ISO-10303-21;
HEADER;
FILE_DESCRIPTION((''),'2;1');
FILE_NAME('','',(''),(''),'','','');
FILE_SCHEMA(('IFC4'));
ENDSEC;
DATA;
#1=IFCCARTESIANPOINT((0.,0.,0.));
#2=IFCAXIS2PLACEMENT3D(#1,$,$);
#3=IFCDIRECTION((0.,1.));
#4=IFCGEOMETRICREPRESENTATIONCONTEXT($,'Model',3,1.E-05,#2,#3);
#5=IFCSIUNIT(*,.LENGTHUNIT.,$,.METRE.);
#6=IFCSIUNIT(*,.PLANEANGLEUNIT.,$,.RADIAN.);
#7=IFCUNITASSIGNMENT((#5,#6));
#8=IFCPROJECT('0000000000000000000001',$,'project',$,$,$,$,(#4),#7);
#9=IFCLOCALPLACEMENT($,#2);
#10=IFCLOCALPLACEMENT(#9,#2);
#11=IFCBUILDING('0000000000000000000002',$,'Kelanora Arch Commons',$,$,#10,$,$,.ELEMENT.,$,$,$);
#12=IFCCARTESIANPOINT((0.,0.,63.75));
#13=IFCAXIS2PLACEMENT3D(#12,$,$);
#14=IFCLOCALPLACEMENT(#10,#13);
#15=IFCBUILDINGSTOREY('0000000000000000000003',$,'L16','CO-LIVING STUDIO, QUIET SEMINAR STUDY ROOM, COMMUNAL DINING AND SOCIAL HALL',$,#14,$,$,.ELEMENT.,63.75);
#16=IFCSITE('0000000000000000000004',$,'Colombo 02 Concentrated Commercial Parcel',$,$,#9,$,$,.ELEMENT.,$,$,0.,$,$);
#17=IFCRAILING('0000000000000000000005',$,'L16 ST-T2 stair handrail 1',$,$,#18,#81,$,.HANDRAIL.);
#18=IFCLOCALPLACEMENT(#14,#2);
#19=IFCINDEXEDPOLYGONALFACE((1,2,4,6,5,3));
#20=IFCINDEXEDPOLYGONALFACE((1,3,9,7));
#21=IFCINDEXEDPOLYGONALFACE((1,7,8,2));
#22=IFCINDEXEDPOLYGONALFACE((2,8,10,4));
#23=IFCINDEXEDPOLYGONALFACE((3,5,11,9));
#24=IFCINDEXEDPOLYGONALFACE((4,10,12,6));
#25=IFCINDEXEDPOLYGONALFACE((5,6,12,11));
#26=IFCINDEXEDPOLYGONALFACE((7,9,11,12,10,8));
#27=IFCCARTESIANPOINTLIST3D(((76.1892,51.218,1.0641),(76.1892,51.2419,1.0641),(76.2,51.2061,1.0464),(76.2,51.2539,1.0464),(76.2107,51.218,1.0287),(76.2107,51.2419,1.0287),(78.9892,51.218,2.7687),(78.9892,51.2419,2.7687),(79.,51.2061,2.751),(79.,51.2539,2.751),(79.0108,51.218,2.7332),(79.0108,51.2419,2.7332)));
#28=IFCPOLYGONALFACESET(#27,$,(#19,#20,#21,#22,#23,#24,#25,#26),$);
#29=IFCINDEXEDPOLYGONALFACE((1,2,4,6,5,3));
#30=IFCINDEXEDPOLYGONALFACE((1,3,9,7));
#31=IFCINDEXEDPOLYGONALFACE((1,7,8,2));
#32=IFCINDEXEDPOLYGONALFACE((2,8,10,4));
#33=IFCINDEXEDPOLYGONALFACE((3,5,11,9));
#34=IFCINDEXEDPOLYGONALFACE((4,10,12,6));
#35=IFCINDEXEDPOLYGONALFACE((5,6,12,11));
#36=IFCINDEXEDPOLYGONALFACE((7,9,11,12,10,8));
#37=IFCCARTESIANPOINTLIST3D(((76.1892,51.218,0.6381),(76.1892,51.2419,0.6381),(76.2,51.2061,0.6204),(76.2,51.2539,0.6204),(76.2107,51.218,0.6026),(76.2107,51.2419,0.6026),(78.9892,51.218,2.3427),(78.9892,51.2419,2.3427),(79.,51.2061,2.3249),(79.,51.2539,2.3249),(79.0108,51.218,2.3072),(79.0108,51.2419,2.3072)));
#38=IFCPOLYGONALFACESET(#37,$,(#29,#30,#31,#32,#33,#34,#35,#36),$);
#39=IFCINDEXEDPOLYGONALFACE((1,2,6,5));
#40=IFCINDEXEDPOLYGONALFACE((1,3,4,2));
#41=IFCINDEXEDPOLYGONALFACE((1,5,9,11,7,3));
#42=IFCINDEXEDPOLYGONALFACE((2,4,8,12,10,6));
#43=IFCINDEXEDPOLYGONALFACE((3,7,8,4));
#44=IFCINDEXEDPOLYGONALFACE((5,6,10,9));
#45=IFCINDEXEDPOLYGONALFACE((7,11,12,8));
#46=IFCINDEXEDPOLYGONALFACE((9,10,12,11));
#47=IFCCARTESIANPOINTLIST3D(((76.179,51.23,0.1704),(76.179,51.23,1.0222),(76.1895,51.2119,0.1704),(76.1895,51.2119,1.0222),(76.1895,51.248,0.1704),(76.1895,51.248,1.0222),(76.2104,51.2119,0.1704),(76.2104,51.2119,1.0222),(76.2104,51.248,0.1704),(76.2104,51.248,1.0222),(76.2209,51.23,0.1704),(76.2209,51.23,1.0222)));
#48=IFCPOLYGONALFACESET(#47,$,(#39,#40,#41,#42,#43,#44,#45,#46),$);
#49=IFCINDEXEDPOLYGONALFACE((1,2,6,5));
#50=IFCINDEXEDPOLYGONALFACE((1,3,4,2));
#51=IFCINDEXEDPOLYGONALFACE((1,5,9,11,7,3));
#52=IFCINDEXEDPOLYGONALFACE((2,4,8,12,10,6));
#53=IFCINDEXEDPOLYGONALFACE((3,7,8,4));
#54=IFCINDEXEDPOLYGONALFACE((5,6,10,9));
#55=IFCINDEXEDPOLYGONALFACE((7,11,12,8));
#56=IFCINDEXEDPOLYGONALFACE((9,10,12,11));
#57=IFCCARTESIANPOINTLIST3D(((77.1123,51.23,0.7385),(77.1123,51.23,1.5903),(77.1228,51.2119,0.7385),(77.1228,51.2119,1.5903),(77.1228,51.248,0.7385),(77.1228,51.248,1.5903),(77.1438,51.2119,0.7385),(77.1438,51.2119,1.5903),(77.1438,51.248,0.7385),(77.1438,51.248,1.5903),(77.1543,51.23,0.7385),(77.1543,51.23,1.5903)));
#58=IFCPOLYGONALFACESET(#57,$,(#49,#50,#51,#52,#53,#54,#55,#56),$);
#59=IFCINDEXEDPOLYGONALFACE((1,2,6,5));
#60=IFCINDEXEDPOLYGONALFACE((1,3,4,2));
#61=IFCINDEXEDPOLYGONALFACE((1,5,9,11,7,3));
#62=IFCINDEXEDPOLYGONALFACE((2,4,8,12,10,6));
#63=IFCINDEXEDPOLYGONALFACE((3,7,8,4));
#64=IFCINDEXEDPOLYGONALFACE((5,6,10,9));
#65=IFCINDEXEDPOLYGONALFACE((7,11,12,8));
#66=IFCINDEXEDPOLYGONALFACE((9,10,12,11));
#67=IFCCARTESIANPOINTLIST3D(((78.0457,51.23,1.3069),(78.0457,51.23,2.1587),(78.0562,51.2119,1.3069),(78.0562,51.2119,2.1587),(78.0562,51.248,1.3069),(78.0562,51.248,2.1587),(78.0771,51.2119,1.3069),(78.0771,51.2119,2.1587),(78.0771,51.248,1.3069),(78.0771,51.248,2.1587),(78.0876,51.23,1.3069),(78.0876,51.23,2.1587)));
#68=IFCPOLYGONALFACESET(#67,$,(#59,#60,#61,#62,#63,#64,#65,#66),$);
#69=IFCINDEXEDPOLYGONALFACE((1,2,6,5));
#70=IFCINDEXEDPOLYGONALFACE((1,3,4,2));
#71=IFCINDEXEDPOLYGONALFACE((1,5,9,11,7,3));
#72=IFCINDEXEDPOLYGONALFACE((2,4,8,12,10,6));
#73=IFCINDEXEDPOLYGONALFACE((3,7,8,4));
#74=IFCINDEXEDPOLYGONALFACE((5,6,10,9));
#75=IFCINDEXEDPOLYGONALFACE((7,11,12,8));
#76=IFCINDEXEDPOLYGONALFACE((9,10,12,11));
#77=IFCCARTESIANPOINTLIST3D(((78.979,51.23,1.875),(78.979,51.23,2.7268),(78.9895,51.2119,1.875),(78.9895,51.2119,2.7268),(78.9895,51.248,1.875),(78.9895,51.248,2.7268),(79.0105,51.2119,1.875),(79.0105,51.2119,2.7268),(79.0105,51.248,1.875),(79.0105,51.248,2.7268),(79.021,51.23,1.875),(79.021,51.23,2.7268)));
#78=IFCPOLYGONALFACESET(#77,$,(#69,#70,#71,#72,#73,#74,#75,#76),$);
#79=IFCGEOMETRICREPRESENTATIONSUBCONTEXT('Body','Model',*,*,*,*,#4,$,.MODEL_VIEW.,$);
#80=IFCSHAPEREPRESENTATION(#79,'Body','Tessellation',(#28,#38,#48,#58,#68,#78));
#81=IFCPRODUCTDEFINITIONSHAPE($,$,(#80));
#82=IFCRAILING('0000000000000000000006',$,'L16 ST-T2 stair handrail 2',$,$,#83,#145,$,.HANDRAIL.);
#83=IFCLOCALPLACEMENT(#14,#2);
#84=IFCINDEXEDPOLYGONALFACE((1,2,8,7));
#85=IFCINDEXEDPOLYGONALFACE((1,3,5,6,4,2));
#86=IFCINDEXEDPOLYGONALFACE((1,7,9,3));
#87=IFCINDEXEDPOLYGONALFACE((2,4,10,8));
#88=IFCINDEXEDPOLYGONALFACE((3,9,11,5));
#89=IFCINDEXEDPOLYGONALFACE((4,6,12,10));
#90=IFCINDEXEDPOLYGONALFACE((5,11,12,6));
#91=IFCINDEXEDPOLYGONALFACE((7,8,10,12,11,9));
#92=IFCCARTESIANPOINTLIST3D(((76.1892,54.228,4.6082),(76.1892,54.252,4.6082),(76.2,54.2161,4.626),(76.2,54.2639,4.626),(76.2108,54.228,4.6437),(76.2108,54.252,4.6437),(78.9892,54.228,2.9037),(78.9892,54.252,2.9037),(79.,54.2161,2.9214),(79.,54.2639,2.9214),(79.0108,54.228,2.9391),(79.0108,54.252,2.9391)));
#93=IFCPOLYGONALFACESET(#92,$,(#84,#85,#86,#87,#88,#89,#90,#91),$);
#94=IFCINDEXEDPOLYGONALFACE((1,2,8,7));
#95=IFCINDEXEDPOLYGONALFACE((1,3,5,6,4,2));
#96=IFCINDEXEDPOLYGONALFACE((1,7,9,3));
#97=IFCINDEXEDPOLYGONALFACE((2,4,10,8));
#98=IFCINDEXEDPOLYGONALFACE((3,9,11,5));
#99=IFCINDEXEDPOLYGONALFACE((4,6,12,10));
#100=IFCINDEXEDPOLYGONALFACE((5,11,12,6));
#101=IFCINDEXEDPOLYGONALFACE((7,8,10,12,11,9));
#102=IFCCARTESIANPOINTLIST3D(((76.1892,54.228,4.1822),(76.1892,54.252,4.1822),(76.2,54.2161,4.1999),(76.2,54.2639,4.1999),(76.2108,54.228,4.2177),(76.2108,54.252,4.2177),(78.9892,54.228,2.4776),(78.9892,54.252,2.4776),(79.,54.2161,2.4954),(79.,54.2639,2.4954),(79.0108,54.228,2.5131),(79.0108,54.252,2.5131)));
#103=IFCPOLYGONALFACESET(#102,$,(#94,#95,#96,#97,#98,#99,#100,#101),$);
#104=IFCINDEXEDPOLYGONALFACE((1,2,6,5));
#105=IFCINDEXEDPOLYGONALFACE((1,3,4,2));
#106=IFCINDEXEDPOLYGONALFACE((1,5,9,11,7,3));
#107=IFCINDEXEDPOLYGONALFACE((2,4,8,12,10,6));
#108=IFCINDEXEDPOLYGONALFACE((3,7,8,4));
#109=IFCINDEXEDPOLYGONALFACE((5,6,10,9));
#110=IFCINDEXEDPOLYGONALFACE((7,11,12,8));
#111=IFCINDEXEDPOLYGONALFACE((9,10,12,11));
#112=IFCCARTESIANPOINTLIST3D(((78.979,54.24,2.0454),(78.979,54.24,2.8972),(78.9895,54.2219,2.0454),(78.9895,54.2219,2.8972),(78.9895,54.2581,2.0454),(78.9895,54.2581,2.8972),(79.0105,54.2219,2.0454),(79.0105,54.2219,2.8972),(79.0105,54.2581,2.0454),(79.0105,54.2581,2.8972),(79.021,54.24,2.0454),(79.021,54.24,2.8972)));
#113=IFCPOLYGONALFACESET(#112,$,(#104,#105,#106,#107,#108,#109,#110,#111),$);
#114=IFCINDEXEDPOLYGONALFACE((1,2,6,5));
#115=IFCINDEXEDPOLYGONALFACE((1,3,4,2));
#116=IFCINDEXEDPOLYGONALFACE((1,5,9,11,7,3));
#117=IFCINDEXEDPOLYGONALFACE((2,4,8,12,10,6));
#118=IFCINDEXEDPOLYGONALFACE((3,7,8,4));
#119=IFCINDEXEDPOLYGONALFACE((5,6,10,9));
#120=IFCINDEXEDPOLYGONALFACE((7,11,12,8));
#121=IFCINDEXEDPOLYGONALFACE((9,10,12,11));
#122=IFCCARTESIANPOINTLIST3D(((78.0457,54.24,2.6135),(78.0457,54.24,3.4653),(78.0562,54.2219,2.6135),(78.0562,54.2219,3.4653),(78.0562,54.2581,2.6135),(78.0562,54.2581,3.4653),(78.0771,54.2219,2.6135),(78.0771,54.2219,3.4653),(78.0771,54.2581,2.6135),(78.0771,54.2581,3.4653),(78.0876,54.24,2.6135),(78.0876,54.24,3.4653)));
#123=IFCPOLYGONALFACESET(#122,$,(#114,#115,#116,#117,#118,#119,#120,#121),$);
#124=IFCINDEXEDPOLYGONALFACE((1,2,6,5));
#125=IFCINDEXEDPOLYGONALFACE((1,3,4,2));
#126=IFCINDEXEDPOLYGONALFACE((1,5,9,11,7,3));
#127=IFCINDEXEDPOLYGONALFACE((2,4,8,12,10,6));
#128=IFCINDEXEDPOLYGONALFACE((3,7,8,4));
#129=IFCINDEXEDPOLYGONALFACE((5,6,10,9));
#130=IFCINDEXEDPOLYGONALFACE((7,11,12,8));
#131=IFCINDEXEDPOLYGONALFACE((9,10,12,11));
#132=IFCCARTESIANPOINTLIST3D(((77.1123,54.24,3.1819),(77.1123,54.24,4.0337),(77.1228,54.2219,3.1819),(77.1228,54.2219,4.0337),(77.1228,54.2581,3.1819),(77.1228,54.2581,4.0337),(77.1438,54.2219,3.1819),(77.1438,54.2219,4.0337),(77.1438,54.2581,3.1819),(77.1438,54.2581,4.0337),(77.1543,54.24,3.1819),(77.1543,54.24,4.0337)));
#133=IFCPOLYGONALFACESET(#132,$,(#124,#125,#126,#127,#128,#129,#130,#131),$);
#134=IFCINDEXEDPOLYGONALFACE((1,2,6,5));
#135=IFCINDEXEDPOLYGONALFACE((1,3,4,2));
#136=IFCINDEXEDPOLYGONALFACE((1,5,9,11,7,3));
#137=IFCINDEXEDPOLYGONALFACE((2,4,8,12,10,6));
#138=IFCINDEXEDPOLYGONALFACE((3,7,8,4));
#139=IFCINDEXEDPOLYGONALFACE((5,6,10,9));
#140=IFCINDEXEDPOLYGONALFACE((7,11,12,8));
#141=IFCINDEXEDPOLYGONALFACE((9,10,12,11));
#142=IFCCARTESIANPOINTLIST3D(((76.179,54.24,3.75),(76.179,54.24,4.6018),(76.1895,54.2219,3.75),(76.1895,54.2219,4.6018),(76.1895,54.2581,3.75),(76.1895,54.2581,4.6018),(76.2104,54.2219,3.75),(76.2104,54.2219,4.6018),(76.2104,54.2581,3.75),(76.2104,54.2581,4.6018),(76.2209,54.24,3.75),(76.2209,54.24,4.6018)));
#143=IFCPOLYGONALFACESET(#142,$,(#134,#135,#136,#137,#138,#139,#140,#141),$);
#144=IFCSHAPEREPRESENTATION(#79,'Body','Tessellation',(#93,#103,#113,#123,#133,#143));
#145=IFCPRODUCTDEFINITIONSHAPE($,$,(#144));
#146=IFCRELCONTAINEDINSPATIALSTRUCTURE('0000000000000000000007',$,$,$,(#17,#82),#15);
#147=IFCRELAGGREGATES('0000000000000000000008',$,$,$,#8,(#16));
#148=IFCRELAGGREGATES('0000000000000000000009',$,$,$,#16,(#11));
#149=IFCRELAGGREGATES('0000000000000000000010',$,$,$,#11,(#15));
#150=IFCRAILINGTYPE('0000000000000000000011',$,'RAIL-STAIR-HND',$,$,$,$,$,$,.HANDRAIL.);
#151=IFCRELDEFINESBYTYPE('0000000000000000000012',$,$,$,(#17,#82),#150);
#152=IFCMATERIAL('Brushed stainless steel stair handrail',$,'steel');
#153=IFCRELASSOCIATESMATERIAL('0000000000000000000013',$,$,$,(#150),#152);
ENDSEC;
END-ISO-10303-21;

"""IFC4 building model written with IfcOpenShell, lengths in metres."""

from ifc_helpers import new_model, si_unit, direction, frame, origin, place, context, subcontext, project, spatial, polyline, outline, extrude, material, type_object, element, save


model = new_model("IFC4")

# Units and contexts
model_context = context("Model", 3, precision=1e-05, world=origin(), true_north=direction((0.0, 1.0)))
body_context = subcontext(model_context, "Body", "Model", "MODEL_VIEW")
ifc_project = project(units=[si_unit("LENGTHUNIT", "METRE"), si_unit("PLANEANGLEUNIT", "RADIAN")], contexts=[model_context])

# Site, building, storey
site_placement = place(None, origin())
site = spatial("IfcSite", under=ifc_project, at=site_placement, Name="Colombo 02 Concentrated Commercial Parcel", CompositionType="ELEMENT", RefElevation=0.0)
building_placement = place(site_placement, origin())
building = spatial("IfcBuilding", under=site, at=building_placement, Name="Kelanora Arch Commons", CompositionType="ELEMENT")
storey_placement = place(building_placement, frame((0.0, 0.0, 63.75)))
storey = spatial("IfcBuildingStorey", under=building, at=storey_placement, Name="L16", Description="CO-LIVING STUDIO, QUIET SEMINAR STUDY ROOM, COMMUNAL DINING AND SOCIAL HALL", CompositionType="ELEMENT", Elevation=63.75)

# Railings
ifc_material_1 = material(Name="Brushed stainless steel stair handrail", Category="steel")
railing_type_1 = type_object("IfcRailingType", Name="RAIL-STAIR-HND", PredefinedType="HANDRAIL", material=ifc_material_1)
railing_1_placement = place(storey_placement, frame((76.2, 51.23, 0.1704)))
element("IfcRailing", 1, at=railing_1_placement, inside=storey, type_object=railing_type_1, Name="L16 ST-T2 stair handrail 1", PredefinedType="HANDRAIL", context=body_context, shape_type="SweptSolid", body=[
    extrude(outline(polyline([(0.0239, 0.0), (0.012, 0.0208), (-0.012, 0.0208), (-0.0239, 0.0), (-0.012, -0.0208), (0.012, -0.0208), (0.0239, 0.0)])), frame((0.0, 0.0, 0.876), z_axis=(0.85417, 0.0, 0.519994), x_axis=(0.0, 1.0, 0.0)), (0.0, 0.0, 1.0), 3.2781),
    extrude(outline(polyline([(0.0239, 0.0), (0.012, 0.0208), (-0.012, 0.0208), (-0.0239, 0.0), (-0.012, -0.0208), (0.012, -0.0208), (0.0239, 0.0)])), frame((0.0, 0.0, 0.45), z_axis=(0.85417, 0.0, 0.519994), x_axis=(0.0, 1.0, 0.0)), (0.0, 0.0, 1.0), 3.2781),
    extrude(outline(polyline([(0.021, 0.0), (0.0105, 0.0181), (-0.0105, 0.0181), (-0.021, 0.0), (-0.0105, -0.0181), (0.0105, -0.0181), (0.021, 0.0)])), origin(), (0.0, 0.0, 1.0), 0.8518),
    extrude(outline(polyline([(0.021, 0.0), (0.0105, 0.0181), (-0.0105, 0.0181), (-0.021, 0.0), (-0.0105, -0.0181), (0.0105, -0.0181), (0.021, 0.0)])), frame((0.9333, 0.0, 0.5681)), (0.0, 0.0, 1.0), 0.8518),
    extrude(outline(polyline([(0.021, 0.0), (0.0105, 0.0181), (-0.0105, 0.0181), (-0.021, 0.0), (-0.0105, -0.0181), (0.0105, -0.0181), (0.021, 0.0)])), frame((1.8667, 0.0, 1.1365)), (0.0, 0.0, 1.0), 0.8518),
    extrude(outline(polyline([(0.021, 0.0), (0.0105, 0.0181), (-0.0105, 0.0181), (-0.021, 0.0), (-0.0105, -0.0181), (0.0105, -0.0181), (0.021, 0.0)])), frame((2.8, 0.0, 1.7046)), (0.0, 0.0, 1.0), 0.8518),
])
railing_2_placement = place(storey_placement, frame((79.0, 54.24, 2.0454)))
element("IfcRailing", 2, at=railing_2_placement, inside=storey, type_object=railing_type_1, Name="L16 ST-T2 stair handrail 2", PredefinedType="HANDRAIL", context=body_context, shape_type="SweptSolid", body=[
    extrude(outline(polyline([(0.0239, 0.0), (0.012, 0.0208), (-0.012, 0.0208), (-0.0239, 0.0), (-0.012, -0.0208), (0.012, -0.0208), (0.0239, 0.0)])), frame((0.0, 0.0, 0.876), z_axis=(-0.85417, 0.0, 0.519994), x_axis=(0.0, -1.0, 0.0)), (0.0, 0.0, 1.0), 3.2781),
    extrude(outline(polyline([(0.0239, 0.0), (0.012, 0.0208), (-0.012, 0.0208), (-0.0239, 0.0), (-0.012, -0.0208), (0.012, -0.0208), (0.0239, 0.0)])), frame((0.0, 0.0, 0.45), z_axis=(-0.85417, 0.0, 0.519994), x_axis=(0.0, -1.0, 0.0)), (0.0, 0.0, 1.0), 3.2781),
    extrude(outline(polyline([(0.021, 0.0), (0.0105, 0.0181), (-0.0105, 0.0181), (-0.021, 0.0), (-0.0105, -0.0181), (0.0105, -0.0181), (0.021, 0.0)])), origin(), (0.0, 0.0, 1.0), 0.8518),
    extrude(outline(polyline([(0.021, 0.0), (0.0105, 0.0181), (-0.0105, 0.0181), (-0.021, 0.0), (-0.0105, -0.0181), (0.0105, -0.0181), (0.021, 0.0)])), frame((-0.9333, 0.0, 0.5681)), (0.0, 0.0, 1.0), 0.8518),
    extrude(outline(polyline([(0.021, 0.0), (0.0105, 0.0181), (-0.0105, 0.0181), (-0.021, 0.0), (-0.0105, -0.0181), (0.0105, -0.0181), (0.021, 0.0)])), frame((-1.8667, 0.0, 1.1365)), (0.0, 0.0, 1.0), 0.8518),
    extrude(outline(polyline([(0.021, 0.0), (0.0105, 0.0181), (-0.0105, 0.0181), (-0.021, 0.0), (-0.0105, -0.0181), (0.0105, -0.0181), (0.021, 0.0)])), frame((-2.8, 0.0, 1.7046)), (0.0, 0.0, 1.0), 0.8518),
])

save(model, "model.ifc")
